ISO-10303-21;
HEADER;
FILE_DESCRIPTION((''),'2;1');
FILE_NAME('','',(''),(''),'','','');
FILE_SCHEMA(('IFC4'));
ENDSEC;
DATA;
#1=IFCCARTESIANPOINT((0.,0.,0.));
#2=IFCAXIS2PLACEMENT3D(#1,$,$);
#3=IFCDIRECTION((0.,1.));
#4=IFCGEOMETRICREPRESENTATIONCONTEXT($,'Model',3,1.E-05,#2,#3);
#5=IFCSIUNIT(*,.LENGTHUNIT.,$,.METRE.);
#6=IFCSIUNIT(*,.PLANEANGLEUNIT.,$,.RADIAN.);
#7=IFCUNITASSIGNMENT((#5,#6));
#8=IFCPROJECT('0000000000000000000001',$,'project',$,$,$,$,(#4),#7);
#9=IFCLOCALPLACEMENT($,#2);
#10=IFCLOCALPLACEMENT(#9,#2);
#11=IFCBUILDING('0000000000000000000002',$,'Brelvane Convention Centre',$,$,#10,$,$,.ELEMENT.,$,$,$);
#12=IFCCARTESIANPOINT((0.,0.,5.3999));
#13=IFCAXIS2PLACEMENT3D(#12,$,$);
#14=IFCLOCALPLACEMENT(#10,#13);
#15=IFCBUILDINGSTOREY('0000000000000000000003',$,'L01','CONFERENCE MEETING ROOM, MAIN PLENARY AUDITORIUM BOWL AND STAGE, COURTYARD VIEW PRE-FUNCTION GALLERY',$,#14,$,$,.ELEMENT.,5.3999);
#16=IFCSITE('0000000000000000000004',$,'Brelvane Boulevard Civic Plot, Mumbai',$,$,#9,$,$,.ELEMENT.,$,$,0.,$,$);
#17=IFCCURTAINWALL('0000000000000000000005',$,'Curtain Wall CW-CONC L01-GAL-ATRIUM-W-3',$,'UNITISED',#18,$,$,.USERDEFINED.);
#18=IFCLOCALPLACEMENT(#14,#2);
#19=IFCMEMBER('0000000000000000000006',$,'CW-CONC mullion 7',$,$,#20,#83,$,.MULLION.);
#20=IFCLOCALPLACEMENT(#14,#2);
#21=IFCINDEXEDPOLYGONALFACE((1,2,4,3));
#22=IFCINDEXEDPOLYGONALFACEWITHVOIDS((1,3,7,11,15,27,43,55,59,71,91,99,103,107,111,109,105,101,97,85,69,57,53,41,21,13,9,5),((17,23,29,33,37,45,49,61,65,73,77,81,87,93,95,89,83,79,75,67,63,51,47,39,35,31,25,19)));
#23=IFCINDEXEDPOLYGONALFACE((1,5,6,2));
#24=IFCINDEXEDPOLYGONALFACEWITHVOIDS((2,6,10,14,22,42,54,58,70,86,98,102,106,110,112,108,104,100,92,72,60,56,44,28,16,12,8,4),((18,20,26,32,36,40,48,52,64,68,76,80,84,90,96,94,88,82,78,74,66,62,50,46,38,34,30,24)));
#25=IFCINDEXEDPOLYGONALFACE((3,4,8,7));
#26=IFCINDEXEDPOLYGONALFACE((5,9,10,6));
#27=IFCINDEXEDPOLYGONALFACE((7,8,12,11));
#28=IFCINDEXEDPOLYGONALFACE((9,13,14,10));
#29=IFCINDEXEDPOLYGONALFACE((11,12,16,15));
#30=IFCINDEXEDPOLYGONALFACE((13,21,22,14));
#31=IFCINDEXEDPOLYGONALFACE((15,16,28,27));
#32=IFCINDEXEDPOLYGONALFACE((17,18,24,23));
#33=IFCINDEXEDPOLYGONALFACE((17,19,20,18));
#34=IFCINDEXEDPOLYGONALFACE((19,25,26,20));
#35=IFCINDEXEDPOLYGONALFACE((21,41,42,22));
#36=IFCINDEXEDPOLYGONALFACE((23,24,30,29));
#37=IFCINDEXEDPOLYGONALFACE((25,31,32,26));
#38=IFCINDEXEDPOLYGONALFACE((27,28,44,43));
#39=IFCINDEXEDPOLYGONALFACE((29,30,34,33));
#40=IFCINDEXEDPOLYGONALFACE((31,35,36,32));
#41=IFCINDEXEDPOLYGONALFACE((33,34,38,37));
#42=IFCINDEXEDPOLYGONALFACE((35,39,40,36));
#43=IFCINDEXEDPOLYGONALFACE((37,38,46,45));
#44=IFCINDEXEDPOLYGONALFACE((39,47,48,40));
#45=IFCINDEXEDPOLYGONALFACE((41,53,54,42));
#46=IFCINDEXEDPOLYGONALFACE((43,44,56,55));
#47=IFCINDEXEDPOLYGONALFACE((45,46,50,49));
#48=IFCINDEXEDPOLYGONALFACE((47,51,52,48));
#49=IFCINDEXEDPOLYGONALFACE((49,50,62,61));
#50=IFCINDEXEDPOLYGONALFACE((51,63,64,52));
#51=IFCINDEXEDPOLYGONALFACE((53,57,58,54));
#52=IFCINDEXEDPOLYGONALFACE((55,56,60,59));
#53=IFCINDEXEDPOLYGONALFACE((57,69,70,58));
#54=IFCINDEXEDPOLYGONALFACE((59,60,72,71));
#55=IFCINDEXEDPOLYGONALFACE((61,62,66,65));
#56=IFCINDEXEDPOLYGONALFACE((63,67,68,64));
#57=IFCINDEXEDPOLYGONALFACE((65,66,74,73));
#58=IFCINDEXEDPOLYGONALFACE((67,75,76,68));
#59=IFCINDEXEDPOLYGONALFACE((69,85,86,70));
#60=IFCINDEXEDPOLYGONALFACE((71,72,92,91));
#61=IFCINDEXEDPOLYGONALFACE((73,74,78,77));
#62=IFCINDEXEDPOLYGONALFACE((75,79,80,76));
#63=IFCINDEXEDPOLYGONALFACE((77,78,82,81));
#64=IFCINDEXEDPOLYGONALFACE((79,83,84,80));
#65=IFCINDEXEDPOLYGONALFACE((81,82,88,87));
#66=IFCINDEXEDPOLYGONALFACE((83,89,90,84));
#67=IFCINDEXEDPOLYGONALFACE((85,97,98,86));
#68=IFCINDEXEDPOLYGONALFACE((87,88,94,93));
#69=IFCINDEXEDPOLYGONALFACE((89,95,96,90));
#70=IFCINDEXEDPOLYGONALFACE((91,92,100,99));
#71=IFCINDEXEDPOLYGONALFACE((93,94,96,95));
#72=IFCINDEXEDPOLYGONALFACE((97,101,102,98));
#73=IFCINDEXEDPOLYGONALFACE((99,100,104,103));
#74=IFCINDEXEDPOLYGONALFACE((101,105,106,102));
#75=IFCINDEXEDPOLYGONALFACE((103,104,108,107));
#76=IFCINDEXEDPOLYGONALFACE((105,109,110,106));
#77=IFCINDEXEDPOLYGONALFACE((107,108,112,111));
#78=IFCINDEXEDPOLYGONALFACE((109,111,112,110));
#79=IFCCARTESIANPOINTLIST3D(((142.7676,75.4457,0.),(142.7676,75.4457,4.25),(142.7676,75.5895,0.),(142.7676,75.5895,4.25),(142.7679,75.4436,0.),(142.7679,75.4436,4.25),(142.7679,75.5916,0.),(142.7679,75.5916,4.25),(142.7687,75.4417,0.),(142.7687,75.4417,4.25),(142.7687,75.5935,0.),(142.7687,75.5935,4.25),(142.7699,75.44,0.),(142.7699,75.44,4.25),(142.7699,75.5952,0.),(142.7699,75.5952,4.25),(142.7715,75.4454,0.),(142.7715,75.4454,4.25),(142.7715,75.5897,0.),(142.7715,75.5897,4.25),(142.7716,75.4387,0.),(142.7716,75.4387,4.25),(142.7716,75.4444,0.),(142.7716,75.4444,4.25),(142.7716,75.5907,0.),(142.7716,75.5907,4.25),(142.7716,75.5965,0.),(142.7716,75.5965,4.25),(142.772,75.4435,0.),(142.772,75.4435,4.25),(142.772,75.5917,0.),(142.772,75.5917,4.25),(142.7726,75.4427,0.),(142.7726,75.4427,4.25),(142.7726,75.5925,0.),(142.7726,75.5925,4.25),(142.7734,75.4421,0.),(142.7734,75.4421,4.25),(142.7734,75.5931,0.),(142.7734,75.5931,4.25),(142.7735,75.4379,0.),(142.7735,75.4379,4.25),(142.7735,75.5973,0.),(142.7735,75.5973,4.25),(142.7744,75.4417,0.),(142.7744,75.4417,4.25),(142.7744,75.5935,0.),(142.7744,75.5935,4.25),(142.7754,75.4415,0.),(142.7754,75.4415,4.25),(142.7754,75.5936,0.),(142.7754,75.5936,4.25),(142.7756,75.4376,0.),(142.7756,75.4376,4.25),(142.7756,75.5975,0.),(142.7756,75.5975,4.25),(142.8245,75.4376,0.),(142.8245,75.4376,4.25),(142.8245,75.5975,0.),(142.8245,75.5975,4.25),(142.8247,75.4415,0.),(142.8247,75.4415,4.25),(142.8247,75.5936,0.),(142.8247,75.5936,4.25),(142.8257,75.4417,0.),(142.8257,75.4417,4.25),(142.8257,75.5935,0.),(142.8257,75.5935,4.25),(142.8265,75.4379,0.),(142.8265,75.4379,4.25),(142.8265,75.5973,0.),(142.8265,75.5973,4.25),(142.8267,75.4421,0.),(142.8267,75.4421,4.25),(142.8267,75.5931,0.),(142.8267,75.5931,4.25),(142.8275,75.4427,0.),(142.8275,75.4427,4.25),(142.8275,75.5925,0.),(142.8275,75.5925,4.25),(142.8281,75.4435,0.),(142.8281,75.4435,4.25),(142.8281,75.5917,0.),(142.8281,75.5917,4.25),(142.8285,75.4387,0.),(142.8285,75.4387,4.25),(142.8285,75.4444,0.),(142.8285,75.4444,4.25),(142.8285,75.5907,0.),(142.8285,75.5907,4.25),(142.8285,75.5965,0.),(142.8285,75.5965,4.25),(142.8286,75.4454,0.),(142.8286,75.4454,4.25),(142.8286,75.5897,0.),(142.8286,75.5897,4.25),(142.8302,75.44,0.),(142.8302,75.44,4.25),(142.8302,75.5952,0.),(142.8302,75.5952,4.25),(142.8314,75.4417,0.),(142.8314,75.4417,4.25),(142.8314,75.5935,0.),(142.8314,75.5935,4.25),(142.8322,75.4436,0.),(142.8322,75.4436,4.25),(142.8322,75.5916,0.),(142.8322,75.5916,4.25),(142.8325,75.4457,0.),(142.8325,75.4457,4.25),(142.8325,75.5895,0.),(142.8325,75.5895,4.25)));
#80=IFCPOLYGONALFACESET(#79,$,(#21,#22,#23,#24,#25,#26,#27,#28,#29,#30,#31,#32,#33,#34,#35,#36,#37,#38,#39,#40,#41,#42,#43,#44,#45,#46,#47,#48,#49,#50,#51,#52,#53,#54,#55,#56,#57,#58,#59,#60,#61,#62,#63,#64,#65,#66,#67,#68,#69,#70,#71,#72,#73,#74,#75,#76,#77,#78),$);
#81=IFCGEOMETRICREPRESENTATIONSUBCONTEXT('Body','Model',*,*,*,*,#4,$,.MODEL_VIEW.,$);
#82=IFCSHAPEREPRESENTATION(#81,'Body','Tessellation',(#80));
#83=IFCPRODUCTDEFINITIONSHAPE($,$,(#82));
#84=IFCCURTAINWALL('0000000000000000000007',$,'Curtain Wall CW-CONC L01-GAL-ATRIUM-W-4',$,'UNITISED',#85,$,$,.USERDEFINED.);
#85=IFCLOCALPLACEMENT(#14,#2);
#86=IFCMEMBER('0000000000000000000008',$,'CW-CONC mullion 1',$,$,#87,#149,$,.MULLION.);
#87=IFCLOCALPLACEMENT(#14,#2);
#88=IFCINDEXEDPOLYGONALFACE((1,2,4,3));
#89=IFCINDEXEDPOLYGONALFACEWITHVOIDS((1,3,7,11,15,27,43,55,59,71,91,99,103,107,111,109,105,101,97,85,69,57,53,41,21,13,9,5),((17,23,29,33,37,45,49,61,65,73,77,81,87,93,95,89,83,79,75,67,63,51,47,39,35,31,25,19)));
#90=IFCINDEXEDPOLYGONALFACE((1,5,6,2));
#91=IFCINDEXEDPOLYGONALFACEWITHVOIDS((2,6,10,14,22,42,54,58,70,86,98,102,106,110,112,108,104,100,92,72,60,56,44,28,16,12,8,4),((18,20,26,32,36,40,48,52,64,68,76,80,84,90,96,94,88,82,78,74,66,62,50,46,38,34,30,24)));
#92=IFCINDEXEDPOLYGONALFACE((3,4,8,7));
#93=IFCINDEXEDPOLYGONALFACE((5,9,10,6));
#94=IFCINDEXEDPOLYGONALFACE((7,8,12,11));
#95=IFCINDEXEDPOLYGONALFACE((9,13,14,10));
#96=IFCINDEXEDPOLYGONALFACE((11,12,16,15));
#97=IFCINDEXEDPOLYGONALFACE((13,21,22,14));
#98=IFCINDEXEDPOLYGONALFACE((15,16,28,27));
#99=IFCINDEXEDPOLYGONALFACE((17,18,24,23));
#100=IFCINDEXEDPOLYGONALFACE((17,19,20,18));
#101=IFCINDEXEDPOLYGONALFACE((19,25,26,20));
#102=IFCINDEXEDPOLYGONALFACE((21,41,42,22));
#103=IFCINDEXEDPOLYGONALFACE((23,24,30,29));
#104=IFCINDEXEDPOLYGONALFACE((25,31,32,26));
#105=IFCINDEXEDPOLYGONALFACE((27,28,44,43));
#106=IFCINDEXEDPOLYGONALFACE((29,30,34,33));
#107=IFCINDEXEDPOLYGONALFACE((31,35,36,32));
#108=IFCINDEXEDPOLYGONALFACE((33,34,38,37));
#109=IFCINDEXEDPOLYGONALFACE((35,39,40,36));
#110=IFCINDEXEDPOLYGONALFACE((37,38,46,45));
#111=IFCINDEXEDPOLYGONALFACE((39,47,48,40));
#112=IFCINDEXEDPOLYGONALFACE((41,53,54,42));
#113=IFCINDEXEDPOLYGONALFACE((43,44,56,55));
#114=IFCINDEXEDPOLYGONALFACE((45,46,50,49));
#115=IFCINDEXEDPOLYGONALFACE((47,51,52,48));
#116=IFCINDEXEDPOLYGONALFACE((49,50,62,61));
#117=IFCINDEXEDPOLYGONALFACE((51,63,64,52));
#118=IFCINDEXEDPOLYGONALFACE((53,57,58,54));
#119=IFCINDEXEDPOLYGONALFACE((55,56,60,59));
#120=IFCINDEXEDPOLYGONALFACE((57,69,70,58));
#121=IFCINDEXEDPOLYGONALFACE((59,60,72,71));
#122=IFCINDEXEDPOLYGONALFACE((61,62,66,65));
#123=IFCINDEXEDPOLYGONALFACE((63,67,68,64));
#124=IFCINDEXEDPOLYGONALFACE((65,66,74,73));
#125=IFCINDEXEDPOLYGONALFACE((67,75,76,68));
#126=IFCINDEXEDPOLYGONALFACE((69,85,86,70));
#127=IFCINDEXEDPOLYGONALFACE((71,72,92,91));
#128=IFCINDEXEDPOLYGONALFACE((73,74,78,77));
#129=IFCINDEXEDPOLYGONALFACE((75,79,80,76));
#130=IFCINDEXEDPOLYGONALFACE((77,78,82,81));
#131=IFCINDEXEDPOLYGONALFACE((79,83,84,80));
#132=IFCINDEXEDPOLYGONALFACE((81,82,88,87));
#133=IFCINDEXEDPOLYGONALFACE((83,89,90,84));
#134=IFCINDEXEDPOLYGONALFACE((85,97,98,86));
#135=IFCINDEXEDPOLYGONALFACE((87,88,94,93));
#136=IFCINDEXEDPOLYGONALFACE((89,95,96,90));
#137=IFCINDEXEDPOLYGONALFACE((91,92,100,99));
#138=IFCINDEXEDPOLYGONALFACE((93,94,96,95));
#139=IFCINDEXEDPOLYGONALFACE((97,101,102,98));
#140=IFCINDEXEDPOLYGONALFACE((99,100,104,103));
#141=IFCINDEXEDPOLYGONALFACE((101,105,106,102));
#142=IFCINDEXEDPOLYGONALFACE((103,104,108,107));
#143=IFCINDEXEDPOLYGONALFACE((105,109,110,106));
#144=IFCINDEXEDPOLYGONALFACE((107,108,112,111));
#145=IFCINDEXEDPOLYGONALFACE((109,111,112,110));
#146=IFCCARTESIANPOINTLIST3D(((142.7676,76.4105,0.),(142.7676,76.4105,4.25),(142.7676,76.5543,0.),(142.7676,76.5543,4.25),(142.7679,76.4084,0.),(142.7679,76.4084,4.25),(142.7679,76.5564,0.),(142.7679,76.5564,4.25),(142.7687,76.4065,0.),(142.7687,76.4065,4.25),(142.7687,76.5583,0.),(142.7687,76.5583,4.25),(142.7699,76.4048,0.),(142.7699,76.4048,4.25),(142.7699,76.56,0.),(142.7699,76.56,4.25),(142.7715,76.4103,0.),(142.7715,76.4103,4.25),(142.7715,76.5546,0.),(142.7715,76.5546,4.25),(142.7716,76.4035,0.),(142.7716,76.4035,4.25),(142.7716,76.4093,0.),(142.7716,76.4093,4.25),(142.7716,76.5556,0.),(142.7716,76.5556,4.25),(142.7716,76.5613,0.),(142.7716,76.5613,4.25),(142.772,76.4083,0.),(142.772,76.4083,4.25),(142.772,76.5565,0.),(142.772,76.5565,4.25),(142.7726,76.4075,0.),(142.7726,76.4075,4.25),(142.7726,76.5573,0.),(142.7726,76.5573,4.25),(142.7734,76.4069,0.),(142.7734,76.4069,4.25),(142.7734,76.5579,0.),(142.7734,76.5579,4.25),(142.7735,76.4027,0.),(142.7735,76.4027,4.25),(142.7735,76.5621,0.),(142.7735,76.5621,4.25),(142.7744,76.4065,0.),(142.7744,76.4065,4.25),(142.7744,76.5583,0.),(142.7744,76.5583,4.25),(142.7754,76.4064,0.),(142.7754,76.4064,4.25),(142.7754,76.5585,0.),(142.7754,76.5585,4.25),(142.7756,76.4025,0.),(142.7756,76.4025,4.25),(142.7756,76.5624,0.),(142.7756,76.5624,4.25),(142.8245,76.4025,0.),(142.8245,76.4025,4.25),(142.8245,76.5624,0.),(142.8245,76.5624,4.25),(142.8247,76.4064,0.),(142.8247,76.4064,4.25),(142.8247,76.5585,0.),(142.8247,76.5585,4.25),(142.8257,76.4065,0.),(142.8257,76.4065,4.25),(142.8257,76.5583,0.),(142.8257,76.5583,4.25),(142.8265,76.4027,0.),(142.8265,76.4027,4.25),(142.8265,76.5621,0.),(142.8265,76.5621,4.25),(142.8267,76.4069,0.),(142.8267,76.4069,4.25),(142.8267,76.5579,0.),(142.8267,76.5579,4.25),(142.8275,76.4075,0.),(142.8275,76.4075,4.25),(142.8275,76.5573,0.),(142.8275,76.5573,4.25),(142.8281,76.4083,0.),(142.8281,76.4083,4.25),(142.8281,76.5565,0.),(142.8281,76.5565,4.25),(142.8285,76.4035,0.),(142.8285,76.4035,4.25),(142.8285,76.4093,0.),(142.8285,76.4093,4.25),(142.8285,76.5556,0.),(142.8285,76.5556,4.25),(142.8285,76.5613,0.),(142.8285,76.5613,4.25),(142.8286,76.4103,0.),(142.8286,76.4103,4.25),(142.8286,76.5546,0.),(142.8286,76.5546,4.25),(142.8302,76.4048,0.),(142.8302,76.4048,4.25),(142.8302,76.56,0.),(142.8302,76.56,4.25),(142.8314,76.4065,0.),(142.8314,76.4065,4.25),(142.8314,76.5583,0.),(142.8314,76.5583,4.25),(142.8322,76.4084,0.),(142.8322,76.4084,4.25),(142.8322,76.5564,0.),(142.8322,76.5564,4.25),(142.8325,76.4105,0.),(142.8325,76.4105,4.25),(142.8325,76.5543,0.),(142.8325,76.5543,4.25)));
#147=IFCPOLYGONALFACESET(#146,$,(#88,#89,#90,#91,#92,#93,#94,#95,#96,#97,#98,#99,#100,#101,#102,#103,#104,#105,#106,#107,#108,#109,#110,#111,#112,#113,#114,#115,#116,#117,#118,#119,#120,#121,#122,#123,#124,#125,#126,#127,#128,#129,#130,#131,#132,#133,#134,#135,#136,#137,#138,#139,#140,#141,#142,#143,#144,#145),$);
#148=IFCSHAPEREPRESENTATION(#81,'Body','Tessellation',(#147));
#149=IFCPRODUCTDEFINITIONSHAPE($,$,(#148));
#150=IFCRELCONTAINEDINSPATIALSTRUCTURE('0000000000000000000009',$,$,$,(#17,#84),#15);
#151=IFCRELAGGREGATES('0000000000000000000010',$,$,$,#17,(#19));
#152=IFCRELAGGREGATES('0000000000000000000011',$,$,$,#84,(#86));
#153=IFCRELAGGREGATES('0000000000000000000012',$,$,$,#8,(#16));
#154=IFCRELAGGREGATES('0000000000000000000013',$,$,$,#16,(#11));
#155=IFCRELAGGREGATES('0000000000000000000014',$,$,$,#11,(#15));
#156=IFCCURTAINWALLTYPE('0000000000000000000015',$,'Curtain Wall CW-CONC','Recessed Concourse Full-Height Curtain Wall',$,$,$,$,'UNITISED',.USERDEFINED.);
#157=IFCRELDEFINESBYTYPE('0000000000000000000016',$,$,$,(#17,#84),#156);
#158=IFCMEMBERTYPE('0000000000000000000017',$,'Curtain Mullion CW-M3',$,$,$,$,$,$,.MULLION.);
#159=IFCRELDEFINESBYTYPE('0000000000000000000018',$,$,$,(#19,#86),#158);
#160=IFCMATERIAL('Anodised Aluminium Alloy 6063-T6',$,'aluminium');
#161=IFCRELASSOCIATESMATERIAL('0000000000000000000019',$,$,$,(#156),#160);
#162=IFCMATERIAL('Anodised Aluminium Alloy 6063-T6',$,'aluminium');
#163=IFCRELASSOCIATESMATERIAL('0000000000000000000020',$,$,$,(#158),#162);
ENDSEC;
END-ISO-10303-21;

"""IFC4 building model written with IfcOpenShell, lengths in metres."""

from ifc_helpers import new_model, si_unit, direction, frame, origin, origin_2d, place, context, subcontext, project, spatial, hollow_rectangle, extrude, material, material_profile, profile_set, type_object, element, aggregate, save


model = new_model("IFC4")

# Units and contexts
model_context = context("Model", 3, precision=1e-05, world=origin(), true_north=direction((0.0, 1.0)))
body_context = subcontext(model_context, "Body", "Model", "MODEL_VIEW")
ifc_project = project(units=[si_unit("LENGTHUNIT", "METRE"), si_unit("PLANEANGLEUNIT", "RADIAN")], contexts=[model_context])

# Site, building, storey
site_placement = place(None, origin())
site = spatial("IfcSite", under=ifc_project, at=site_placement, Name="Brelvane Boulevard Civic Plot, Mumbai", CompositionType="ELEMENT", RefElevation=0.0)
building_placement = place(site_placement, origin())
building = spatial("IfcBuilding", under=site, at=building_placement, Name="Brelvane Convention Centre", CompositionType="ELEMENT")
storey_placement = place(building_placement, frame((0.0, 0.0, 5.3999)))
storey = spatial("IfcBuildingStorey", under=building, at=storey_placement, Name="L01", Description="CONFERENCE MEETING ROOM, MAIN PLENARY AUDITORIUM BOWL AND STAGE, COURTYARD VIEW PRE-FUNCTION GALLERY", CompositionType="ELEMENT", Elevation=5.3999)

# Curtain walls, members
ifc_material_1 = material(Name="Anodised Aluminium Alloy 6063-T6", Category="aluminium")
curtain_wall_type = type_object("IfcCurtainWallType", Name="Curtain Wall CW-CONC", Description="Recessed Concourse Full-Height Curtain Wall", ElementType="UNITISED", PredefinedType="USERDEFINED", material=ifc_material_1)
curtain_wall_1_placement = place(storey_placement, origin())
curtain_wall_1 = element("IfcCurtainWall", 1, at=curtain_wall_1_placement, inside=storey, type_object=curtain_wall_type, Name="Curtain Wall CW-CONC L01-GAL-ATRIUM-W-3", ObjectType="UNITISED", PredefinedType="USERDEFINED")
ifc_material_2 = material(Name="Anodised Aluminium Alloy 6063-T6", Category="aluminium")
ifc_material_profile_1 = material_profile(ifc_material_2, hollow_rectangle(XDim=0.0649, YDim=0.1599, WallThickness=0.0039, InnerFilletRadius=0.0039, OuterFilletRadius=0.0081, at=origin_2d()), Name="ALU-M 160x65x4.0")
ifc_profile_set_1 = profile_set([ifc_material_profile_1], Name="Anodised Aluminium Alloy 6063-T6")
member_type_1 = type_object("IfcMemberType", Name="Curtain Mullion CW-M3", PredefinedType="MULLION", material=ifc_profile_set_1)
member_1_placement = place(storey_placement, frame((142.8, 75.5176, 0.0), z_axis=(0.0, 0.0, 1.0), x_axis=(-1.0, 0.0, 0.0)))
member_1 = element("IfcMember", 2, at=member_1_placement, type_object=member_type_1, Name="CW-CONC mullion 7", PredefinedType="MULLION", context=body_context, shape_type="SweptSolid", body=[
    extrude(hollow_rectangle(XDim=0.0649, YDim=0.1599, WallThickness=0.0039, InnerFilletRadius=0.0039, OuterFilletRadius=0.0081, at=origin_2d()), origin(), (0.0, 0.0, 1.0), 4.25),
])
curtain_wall_2_placement = place(storey_placement, origin())
curtain_wall_2 = element("IfcCurtainWall", 3, at=curtain_wall_2_placement, inside=storey, type_object=curtain_wall_type, Name="Curtain Wall CW-CONC L01-GAL-ATRIUM-W-4", ObjectType="UNITISED", PredefinedType="USERDEFINED")
member_2_placement = place(storey_placement, frame((142.8, 76.4824, 0.0), z_axis=(0.0, 0.0, 1.0), x_axis=(-1.0, 0.0, 0.0)))
member_2 = element("IfcMember", 4, at=member_2_placement, type_object=member_type_1, Name="CW-CONC mullion 1", PredefinedType="MULLION", context=body_context, shape_type="SweptSolid", body=[
    extrude(hollow_rectangle(XDim=0.0649, YDim=0.1599, WallThickness=0.0039, InnerFilletRadius=0.0039, OuterFilletRadius=0.0081, at=origin_2d()), origin(), (0.0, 0.0, 1.0), 4.25),
])

aggregate(curtain_wall_1, [member_1])
aggregate(curtain_wall_2, [member_2])

save(model, "model.ifc")
